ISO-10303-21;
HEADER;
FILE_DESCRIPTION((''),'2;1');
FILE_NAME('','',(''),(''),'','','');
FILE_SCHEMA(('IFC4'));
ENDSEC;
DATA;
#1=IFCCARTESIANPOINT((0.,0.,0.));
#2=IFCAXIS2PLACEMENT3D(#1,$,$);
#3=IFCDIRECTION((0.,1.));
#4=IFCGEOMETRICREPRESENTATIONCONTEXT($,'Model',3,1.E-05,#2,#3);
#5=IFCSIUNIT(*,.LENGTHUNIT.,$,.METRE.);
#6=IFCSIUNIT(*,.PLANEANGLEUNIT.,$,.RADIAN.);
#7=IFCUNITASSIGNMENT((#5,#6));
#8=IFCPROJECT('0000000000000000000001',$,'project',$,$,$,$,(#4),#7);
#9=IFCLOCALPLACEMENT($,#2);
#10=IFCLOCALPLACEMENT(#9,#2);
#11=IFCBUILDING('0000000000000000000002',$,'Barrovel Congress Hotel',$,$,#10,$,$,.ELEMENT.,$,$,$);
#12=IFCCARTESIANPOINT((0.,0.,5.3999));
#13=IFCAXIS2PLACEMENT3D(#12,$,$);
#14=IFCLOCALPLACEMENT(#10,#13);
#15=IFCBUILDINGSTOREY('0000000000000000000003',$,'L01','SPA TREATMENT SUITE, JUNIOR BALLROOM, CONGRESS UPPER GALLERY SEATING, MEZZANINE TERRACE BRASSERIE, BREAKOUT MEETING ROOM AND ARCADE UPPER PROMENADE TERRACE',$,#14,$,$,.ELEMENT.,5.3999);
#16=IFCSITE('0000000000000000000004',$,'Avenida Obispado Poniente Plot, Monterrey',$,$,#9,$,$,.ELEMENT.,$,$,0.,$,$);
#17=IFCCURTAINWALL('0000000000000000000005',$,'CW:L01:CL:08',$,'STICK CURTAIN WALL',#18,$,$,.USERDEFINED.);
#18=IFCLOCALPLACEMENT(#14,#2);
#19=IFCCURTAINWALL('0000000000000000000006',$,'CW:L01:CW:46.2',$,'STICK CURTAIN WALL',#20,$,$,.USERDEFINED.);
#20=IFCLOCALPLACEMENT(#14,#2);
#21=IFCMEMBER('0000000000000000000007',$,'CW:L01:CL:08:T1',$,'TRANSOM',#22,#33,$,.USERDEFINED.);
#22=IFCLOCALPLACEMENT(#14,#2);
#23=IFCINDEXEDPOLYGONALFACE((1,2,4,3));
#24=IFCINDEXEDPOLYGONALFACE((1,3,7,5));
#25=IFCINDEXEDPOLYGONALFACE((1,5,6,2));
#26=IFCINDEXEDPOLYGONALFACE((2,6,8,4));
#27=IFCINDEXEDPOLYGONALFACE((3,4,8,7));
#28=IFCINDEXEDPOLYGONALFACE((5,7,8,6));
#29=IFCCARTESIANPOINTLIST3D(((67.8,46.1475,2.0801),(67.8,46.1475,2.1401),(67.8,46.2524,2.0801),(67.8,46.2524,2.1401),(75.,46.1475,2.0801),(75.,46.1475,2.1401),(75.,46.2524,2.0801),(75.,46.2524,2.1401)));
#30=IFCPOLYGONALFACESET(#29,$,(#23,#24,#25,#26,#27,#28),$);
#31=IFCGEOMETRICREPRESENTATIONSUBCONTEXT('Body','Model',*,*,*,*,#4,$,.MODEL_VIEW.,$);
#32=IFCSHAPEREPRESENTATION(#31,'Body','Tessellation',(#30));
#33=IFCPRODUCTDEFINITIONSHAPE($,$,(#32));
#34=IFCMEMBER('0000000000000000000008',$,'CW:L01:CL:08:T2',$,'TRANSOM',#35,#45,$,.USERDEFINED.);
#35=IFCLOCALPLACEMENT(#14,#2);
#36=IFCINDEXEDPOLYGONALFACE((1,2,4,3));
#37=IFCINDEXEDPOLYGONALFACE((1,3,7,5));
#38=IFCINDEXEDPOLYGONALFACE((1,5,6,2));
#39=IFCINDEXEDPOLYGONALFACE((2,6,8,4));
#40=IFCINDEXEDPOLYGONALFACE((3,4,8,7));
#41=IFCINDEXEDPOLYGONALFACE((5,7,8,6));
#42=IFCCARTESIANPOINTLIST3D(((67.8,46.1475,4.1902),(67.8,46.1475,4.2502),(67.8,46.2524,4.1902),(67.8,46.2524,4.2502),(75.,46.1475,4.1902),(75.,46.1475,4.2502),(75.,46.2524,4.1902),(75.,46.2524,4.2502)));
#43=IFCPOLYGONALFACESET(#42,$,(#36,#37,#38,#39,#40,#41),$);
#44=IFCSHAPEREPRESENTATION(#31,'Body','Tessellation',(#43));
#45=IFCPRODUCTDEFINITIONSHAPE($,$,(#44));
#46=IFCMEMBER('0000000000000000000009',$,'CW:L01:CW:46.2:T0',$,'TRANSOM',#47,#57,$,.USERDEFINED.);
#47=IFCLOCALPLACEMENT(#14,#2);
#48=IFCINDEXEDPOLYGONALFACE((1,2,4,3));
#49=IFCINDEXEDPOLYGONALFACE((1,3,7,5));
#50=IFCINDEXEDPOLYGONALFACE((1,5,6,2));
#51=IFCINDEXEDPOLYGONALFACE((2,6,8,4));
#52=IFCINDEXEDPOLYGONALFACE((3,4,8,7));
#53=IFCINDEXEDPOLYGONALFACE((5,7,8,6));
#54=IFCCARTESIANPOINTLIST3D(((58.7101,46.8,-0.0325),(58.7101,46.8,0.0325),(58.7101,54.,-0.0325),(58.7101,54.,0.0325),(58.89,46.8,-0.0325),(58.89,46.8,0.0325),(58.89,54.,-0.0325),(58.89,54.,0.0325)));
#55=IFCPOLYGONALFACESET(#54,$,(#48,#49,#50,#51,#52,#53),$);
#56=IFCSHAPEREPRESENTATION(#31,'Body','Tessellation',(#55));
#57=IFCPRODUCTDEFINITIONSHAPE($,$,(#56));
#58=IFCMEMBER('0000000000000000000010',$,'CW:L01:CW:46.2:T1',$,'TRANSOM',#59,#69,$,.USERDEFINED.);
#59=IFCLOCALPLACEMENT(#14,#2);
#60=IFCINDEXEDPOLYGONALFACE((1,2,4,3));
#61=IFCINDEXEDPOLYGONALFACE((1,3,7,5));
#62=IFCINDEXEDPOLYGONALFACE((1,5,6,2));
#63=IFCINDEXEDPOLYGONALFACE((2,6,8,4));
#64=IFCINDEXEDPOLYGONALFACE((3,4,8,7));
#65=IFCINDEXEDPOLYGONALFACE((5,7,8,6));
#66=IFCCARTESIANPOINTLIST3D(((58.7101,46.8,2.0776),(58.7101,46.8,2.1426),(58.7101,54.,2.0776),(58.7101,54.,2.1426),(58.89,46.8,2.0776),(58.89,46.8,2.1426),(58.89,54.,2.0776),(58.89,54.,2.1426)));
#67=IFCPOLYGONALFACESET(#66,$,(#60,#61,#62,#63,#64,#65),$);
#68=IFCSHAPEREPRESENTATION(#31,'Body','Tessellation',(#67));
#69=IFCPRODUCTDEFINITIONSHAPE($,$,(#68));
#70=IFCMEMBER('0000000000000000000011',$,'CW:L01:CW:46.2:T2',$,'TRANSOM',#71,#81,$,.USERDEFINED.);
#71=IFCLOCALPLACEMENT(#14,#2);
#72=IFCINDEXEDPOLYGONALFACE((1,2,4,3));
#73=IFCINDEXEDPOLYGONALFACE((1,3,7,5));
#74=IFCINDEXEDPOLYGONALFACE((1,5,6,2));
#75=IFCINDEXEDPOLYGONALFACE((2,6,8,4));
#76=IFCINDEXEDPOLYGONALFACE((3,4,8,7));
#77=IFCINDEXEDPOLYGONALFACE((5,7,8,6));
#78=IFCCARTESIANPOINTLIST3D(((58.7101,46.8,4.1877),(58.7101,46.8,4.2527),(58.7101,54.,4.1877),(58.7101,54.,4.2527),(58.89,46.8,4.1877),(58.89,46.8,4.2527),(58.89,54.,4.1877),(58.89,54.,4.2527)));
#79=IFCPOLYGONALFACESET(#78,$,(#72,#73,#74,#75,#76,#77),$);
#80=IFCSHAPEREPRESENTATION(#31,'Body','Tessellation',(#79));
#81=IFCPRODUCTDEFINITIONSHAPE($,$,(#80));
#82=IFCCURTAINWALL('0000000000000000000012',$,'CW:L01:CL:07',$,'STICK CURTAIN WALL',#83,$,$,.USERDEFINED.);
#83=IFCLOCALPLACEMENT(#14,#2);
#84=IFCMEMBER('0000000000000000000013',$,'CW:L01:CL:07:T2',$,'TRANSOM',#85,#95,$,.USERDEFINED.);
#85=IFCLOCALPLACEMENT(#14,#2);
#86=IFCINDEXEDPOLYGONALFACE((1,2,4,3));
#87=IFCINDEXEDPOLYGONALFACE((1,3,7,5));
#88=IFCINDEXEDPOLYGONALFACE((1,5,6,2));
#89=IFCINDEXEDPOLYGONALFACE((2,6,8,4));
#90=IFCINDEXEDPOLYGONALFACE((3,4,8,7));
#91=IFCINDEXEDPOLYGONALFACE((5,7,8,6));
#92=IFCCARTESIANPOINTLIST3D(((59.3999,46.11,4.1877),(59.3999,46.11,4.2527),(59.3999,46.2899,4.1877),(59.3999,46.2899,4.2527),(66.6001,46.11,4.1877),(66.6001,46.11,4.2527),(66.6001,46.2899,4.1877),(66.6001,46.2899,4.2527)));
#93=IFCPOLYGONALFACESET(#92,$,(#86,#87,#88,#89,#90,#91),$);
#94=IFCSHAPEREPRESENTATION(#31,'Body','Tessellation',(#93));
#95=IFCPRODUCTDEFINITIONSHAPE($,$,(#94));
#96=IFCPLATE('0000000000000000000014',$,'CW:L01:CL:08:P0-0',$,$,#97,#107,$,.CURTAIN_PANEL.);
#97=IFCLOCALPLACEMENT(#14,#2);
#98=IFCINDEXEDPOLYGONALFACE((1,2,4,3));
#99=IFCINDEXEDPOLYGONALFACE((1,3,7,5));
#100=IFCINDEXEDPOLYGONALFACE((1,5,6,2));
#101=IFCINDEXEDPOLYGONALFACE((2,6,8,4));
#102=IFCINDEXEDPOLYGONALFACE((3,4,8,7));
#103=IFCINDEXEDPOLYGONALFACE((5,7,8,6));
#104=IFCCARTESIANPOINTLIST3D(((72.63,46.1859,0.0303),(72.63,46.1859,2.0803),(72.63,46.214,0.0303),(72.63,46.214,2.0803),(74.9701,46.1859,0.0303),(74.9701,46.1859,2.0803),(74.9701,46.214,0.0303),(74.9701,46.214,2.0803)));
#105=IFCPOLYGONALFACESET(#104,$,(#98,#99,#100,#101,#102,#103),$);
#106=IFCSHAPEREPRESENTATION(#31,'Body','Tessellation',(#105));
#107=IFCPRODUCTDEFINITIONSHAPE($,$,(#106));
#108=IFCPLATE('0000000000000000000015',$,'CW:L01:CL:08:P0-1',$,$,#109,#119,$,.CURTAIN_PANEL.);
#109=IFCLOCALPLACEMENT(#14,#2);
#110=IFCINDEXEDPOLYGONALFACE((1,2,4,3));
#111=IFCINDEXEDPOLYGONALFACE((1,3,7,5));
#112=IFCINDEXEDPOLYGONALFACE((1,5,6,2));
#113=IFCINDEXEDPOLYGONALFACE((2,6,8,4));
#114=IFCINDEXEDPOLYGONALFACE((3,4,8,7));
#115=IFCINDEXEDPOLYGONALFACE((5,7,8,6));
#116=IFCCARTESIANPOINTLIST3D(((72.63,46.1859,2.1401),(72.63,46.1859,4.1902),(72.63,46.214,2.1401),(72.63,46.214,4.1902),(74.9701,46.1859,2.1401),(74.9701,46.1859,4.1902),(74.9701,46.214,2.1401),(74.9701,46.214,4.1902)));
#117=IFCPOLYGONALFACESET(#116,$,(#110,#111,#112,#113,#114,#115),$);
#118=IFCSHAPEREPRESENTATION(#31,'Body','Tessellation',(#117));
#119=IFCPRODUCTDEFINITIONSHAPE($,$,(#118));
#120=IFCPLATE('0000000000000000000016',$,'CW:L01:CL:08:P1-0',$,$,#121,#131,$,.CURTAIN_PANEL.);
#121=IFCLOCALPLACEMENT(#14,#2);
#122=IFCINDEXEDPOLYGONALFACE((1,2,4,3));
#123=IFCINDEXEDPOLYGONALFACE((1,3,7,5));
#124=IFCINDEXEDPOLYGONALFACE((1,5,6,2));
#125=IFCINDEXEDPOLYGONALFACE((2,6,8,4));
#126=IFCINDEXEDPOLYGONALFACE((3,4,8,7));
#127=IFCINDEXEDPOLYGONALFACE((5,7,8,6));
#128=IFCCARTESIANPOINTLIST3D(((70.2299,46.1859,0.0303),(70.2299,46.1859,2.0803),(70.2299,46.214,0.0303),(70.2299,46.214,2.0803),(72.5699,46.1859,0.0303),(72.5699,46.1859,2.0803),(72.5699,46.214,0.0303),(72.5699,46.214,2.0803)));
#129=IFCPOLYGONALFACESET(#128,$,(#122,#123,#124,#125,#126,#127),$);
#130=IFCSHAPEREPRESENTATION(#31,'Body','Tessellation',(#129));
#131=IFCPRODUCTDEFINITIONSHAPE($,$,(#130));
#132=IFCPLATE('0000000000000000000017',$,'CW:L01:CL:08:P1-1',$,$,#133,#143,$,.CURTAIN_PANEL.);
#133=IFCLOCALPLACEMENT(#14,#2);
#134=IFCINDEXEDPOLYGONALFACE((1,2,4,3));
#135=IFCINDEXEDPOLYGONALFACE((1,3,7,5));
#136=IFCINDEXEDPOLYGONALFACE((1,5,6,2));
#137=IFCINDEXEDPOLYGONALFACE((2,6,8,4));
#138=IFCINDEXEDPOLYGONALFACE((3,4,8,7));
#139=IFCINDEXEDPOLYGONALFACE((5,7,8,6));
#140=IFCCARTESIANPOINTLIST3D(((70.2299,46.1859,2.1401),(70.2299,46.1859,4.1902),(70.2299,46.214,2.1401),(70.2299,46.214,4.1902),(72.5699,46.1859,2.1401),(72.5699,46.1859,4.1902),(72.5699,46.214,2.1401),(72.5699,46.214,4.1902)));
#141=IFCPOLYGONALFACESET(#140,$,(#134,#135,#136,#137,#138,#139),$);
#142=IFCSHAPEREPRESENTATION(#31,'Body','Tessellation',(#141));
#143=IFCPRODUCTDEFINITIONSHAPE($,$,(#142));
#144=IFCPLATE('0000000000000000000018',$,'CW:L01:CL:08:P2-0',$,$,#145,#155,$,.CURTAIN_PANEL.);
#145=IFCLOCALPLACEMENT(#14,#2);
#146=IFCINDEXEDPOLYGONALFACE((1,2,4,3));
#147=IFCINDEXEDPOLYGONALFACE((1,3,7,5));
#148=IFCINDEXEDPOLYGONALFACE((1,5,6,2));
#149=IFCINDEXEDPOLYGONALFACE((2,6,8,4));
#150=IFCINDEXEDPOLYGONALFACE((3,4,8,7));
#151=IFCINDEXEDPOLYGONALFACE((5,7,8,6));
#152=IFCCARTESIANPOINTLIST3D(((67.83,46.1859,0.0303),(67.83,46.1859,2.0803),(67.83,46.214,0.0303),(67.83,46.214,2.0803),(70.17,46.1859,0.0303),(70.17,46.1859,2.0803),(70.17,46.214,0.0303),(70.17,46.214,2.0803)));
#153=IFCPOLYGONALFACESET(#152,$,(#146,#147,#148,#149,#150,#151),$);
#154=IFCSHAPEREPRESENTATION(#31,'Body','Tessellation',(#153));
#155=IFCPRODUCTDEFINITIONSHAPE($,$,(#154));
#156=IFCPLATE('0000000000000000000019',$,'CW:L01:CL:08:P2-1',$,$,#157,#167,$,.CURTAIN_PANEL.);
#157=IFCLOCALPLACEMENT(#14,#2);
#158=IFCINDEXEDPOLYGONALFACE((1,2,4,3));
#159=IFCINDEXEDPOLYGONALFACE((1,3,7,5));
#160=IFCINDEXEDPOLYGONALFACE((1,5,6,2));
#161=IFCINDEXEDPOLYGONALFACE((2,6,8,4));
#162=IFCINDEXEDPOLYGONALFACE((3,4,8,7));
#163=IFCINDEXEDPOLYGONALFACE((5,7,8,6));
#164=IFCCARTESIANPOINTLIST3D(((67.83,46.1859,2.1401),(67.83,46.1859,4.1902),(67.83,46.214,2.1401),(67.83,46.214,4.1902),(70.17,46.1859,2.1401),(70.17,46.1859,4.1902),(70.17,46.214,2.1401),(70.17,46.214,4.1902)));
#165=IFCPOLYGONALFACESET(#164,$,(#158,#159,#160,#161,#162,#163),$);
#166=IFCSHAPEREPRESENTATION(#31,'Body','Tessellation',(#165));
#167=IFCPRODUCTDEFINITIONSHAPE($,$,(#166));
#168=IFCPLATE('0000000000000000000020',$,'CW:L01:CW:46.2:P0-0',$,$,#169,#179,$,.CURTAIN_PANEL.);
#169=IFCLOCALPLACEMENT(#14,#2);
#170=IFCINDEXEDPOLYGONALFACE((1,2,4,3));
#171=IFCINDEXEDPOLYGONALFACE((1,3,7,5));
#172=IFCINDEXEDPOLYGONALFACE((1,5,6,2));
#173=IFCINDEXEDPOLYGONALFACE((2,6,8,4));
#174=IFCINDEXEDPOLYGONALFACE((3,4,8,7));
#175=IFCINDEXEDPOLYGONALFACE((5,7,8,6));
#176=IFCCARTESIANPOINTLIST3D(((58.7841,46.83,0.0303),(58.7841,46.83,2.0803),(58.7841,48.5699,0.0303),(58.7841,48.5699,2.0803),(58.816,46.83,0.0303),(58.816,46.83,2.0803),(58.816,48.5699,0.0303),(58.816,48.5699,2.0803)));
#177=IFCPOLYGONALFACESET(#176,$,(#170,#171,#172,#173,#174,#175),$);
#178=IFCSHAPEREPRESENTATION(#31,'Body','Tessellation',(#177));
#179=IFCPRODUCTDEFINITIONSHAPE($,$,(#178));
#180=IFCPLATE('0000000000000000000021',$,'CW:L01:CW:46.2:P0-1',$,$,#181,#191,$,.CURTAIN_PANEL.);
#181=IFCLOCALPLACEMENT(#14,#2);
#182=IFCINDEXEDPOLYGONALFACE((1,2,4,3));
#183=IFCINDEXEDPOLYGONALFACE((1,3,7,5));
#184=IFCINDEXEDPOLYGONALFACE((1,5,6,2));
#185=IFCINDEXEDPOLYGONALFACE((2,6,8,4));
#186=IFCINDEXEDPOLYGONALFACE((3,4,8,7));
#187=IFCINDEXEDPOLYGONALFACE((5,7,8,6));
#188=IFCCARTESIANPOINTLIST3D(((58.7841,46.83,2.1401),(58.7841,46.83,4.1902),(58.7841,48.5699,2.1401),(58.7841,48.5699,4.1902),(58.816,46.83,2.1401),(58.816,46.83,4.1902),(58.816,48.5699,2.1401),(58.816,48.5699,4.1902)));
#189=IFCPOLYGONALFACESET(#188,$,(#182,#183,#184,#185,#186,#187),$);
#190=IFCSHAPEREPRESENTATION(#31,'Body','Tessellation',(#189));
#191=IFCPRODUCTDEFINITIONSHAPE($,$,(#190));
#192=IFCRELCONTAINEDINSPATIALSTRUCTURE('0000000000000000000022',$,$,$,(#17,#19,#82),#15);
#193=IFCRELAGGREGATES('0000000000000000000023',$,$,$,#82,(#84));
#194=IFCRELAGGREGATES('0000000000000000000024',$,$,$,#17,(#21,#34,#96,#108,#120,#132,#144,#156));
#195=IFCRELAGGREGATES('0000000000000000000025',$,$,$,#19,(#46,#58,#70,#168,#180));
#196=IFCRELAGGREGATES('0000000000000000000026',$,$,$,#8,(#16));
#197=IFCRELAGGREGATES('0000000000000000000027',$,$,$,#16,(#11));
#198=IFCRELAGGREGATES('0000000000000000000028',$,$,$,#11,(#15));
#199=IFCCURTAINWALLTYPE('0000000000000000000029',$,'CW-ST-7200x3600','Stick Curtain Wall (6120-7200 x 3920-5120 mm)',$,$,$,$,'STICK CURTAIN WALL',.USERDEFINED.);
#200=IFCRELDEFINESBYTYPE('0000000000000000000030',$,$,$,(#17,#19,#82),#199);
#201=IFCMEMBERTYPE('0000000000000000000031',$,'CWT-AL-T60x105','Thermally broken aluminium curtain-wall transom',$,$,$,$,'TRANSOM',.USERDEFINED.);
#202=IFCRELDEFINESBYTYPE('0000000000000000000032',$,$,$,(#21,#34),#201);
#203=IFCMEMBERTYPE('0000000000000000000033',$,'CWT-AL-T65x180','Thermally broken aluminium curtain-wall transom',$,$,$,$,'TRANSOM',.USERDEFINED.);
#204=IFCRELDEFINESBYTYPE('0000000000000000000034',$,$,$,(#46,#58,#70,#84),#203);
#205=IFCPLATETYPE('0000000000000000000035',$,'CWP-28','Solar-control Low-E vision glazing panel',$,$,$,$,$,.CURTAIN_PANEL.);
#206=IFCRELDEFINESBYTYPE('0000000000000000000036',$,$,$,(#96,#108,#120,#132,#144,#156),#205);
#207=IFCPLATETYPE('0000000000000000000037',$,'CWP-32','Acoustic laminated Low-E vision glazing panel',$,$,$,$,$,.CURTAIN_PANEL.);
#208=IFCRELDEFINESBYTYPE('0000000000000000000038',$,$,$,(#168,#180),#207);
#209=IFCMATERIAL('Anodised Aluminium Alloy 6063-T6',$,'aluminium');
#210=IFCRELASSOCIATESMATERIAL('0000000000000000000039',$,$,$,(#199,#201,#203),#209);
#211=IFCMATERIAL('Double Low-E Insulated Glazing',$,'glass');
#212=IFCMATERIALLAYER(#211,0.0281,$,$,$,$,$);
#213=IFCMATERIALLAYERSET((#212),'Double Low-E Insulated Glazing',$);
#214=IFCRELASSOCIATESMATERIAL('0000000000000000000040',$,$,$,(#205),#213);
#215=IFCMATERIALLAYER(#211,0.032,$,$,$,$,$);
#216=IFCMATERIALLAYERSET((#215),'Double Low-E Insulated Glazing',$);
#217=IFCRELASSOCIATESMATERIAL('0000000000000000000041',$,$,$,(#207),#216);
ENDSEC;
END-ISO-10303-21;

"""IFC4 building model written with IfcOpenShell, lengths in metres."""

from ifc_helpers import new_model, si_unit, direction, frame, origin, origin_2d, place, context, subcontext, project, spatial, rectangle, extrude, material, layer, layer_set, material_profile, profile_set, type_object, element, aggregate, save


model = new_model("IFC4")

# Units and contexts
model_context = context("Model", 3, precision=1e-05, world=origin(), true_north=direction((0.0, 1.0)))
body_context = subcontext(model_context, "Body", "Model", "MODEL_VIEW")
ifc_project = project(units=[si_unit("LENGTHUNIT", "METRE"), si_unit("PLANEANGLEUNIT", "RADIAN")], contexts=[model_context])

# Site, building, storey
site_placement = place(None, origin())
site = spatial("IfcSite", under=ifc_project, at=site_placement, Name="Avenida Obispado Poniente Plot, Monterrey", CompositionType="ELEMENT", RefElevation=0.0)
building_placement = place(site_placement, origin())
building = spatial("IfcBuilding", under=site, at=building_placement, Name="Barrovel Congress Hotel", CompositionType="ELEMENT")
storey_placement = place(building_placement, frame((0.0, 0.0, 5.3999)))
storey = spatial("IfcBuildingStorey", under=building, at=storey_placement, Name="L01", Description="SPA TREATMENT SUITE, JUNIOR BALLROOM, CONGRESS UPPER GALLERY SEATING, MEZZANINE TERRACE BRASSERIE, BREAKOUT MEETING ROOM AND ARCADE UPPER PROMENADE TERRACE", CompositionType="ELEMENT", Elevation=5.3999)

# Curtain walls
ifc_material_1 = material(Name="Anodised Aluminium Alloy 6063-T6", Category="aluminium")
curtain_wall_type = type_object("IfcCurtainWallType", Name="CW-ST-7200x3600", Description="Stick Curtain Wall (6120-7200 x 3920-5120 mm)", ElementType="STICK CURTAIN WALL", PredefinedType="USERDEFINED", material=ifc_material_1)
curtain_wall_1_placement = place(storey_placement, origin())
curtain_wall_1 = element("IfcCurtainWall", 1, at=curtain_wall_1_placement, inside=storey, type_object=curtain_wall_type, Name="CW:L01:CL:08", ObjectType="STICK CURTAIN WALL", PredefinedType="USERDEFINED")
curtain_wall_2_placement = place(storey_placement, origin())
curtain_wall_2 = element("IfcCurtainWall", 2, at=curtain_wall_2_placement, inside=storey, type_object=curtain_wall_type, Name="CW:L01:CW:46.2", ObjectType="STICK CURTAIN WALL", PredefinedType="USERDEFINED")

# Members
ifc_material_profile_1 = material_profile(ifc_material_1, rectangle(XDim=0.105, YDim=0.0601, at=origin_2d()), Name="AL-T60x105")
ifc_profile_set_1 = profile_set([ifc_material_profile_1], Name="Anodised Aluminium Alloy 6063-T6")
member_type_1 = type_object("IfcMemberType", Name="CWT-AL-T60x105", Description="Thermally broken aluminium curtain-wall transom", ElementType="TRANSOM", PredefinedType="USERDEFINED", material=ifc_profile_set_1)
member_1_placement = place(storey_placement, frame((75.0, 46.2, 2.1101), z_axis=(-1.0, 0.0, 0.0), x_axis=(0.0, -1.0, 0.0)))
member_1 = element("IfcMember", 3, at=member_1_placement, type_object=member_type_1, Name="CW:L01:CL:08:T1", ObjectType="TRANSOM", PredefinedType="USERDEFINED", context=body_context, shape_type="SweptSolid", body=[
    extrude(rectangle(XDim=0.105, YDim=0.0601, at=origin_2d()), origin(), (0.0, 0.0, 1.0), 7.2),
])
member_2_placement = place(storey_placement, frame((75.0, 46.2, 4.2202), z_axis=(-1.0, 0.0, 0.0), x_axis=(0.0, -1.0, 0.0)))
member_2 = element("IfcMember", 4, at=member_2_placement, type_object=member_type_1, Name="CW:L01:CL:08:T2", ObjectType="TRANSOM", PredefinedType="USERDEFINED", context=body_context, shape_type="SweptSolid", body=[
    extrude(rectangle(XDim=0.105, YDim=0.0601, at=origin_2d()), origin(), (0.0, 0.0, 1.0), 7.2),
])
ifc_material_profile_2 = material_profile(ifc_material_1, rectangle(XDim=0.1799, YDim=0.0649, at=origin_2d()), Name="AL-T65x180")
ifc_profile_set_2 = profile_set([ifc_material_profile_2], Name="Anodised Aluminium Alloy 6063-T6")
member_type_2 = type_object("IfcMemberType", Name="CWT-AL-T65x180", Description="Thermally broken aluminium curtain-wall transom", ElementType="TRANSOM", PredefinedType="USERDEFINED", material=ifc_profile_set_2)
member_3_placement = place(storey_placement, frame((58.8, 46.8, 0.0), z_axis=(0.0, 1.0, 0.0), x_axis=(-1.0, 0.0, 0.0)))
member_3 = element("IfcMember", 5, at=member_3_placement, type_object=member_type_2, Name="CW:L01:CW:46.2:T0", ObjectType="TRANSOM", PredefinedType="USERDEFINED", context=body_context, shape_type="SweptSolid", body=[
    extrude(rectangle(XDim=0.1799, YDim=0.0649, at=origin_2d()), origin(), (0.0, 0.0, 1.0), 7.2),
])
member_4_placement = place(storey_placement, frame((58.8, 46.8, 2.1101), z_axis=(0.0, 1.0, 0.0), x_axis=(-1.0, 0.0, 0.0)))
member_4 = element("IfcMember", 6, at=member_4_placement, type_object=member_type_2, Name="CW:L01:CW:46.2:T1", ObjectType="TRANSOM", PredefinedType="USERDEFINED", context=body_context, shape_type="SweptSolid", body=[
    extrude(rectangle(XDim=0.1799, YDim=0.0649, at=origin_2d()), origin(), (0.0, 0.0, 1.0), 7.2),
])
member_5_placement = place(storey_placement, frame((58.8, 46.8, 4.2202), z_axis=(0.0, 1.0, 0.0), x_axis=(-1.0, 0.0, 0.0)))
member_5 = element("IfcMember", 7, at=member_5_placement, type_object=member_type_2, Name="CW:L01:CW:46.2:T2", ObjectType="TRANSOM", PredefinedType="USERDEFINED", context=body_context, shape_type="SweptSolid", body=[
    extrude(rectangle(XDim=0.1799, YDim=0.0649, at=origin_2d()), origin(), (0.0, 0.0, 1.0), 7.2),
])

# Curtain wall, member
curtain_wall_3_placement = place(storey_placement, origin())
curtain_wall_3 = element("IfcCurtainWall", 8, at=curtain_wall_3_placement, inside=storey, type_object=curtain_wall_type, Name="CW:L01:CL:07", ObjectType="STICK CURTAIN WALL", PredefinedType="USERDEFINED")
member_6_placement = place(storey_placement, frame((66.6001, 46.2, 4.2202), z_axis=(-1.0, 0.0, 0.0), x_axis=(0.0, -1.0, 0.0)))
member_6 = element("IfcMember", 9, at=member_6_placement, type_object=member_type_2, Name="CW:L01:CL:07:T2", ObjectType="TRANSOM", PredefinedType="USERDEFINED", context=body_context, shape_type="SweptSolid", body=[
    extrude(rectangle(XDim=0.1799, YDim=0.0649, at=origin_2d()), origin(), (0.0, 0.0, 1.0), 7.2002),
])
aggregate(curtain_wall_3, [member_6])

# Plates
ifc_material_2 = material(Name="Double Low-E Insulated Glazing", Category="glass")
ifc_layer_1 = layer(ifc_material_2, 0.0281)
ifc_layer_set_1 = layer_set([ifc_layer_1], Name="Double Low-E Insulated Glazing")
plate_type_1 = type_object("IfcPlateType", Name="CWP-28", Description="Solar-control Low-E vision glazing panel", PredefinedType="CURTAIN_PANEL", material=ifc_layer_set_1)
plate_1_placement = place(storey_placement, frame((73.8, 46.2, 0.0303), z_axis=(0.0, 0.0, 1.0), x_axis=(-1.0, 0.0, 0.0)))
plate_1 = element("IfcPlate", 10, at=plate_1_placement, type_object=plate_type_1, Name="CW:L01:CL:08:P0-0", PredefinedType="CURTAIN_PANEL", context=body_context, shape_type="SweptSolid", body=[
    extrude(rectangle(XDim=2.3401, YDim=0.0281, at=origin_2d()), origin(), (0.0, 0.0, 1.0), 2.05),
])
plate_2_placement = place(storey_placement, frame((73.8, 46.2, 2.1401), z_axis=(0.0, 0.0, 1.0), x_axis=(-1.0, 0.0, 0.0)))
plate_2 = element("IfcPlate", 11, at=plate_2_placement, type_object=plate_type_1, Name="CW:L01:CL:08:P0-1", PredefinedType="CURTAIN_PANEL", context=body_context, shape_type="SweptSolid", body=[
    extrude(rectangle(XDim=2.3401, YDim=0.0281, at=origin_2d()), origin(), (0.0, 0.0, 1.0), 2.05),
])
plate_3_placement = place(storey_placement, frame((71.3999, 46.2, 0.0303), z_axis=(0.0, 0.0, 1.0), x_axis=(-1.0, 0.0, 0.0)))
plate_3 = element("IfcPlate", 12, at=plate_3_placement, type_object=plate_type_1, Name="CW:L01:CL:08:P1-0", PredefinedType="CURTAIN_PANEL", context=body_context, shape_type="SweptSolid", body=[
    extrude(rectangle(XDim=2.3401, YDim=0.0281, at=origin_2d()), origin(), (0.0, 0.0, 1.0), 2.05),
])
plate_4_placement = place(storey_placement, frame((71.3999, 46.2, 2.1401), z_axis=(0.0, 0.0, 1.0), x_axis=(-1.0, 0.0, 0.0)))
plate_4 = element("IfcPlate", 13, at=plate_4_placement, type_object=plate_type_1, Name="CW:L01:CL:08:P1-1", PredefinedType="CURTAIN_PANEL", context=body_context, shape_type="SweptSolid", body=[
    extrude(rectangle(XDim=2.3401, YDim=0.0281, at=origin_2d()), origin(), (0.0, 0.0, 1.0), 2.05),
])
plate_5_placement = place(storey_placement, frame((69.0, 46.2, 0.0303), z_axis=(0.0, 0.0, 1.0), x_axis=(-1.0, 0.0, 0.0)))
plate_5 = element("IfcPlate", 14, at=plate_5_placement, type_object=plate_type_1, Name="CW:L01:CL:08:P2-0", PredefinedType="CURTAIN_PANEL", context=body_context, shape_type="SweptSolid", body=[
    extrude(rectangle(XDim=2.3401, YDim=0.0281, at=origin_2d()), origin(), (0.0, 0.0, 1.0), 2.05),
])
plate_6_placement = place(storey_placement, frame((69.0, 46.2, 2.1401), z_axis=(0.0, 0.0, 1.0), x_axis=(-1.0, 0.0, 0.0)))
plate_6 = element("IfcPlate", 15, at=plate_6_placement, type_object=plate_type_1, Name="CW:L01:CL:08:P2-1", PredefinedType="CURTAIN_PANEL", context=body_context, shape_type="SweptSolid", body=[
    extrude(rectangle(XDim=2.3401, YDim=0.0281, at=origin_2d()), origin(), (0.0, 0.0, 1.0), 2.05),
])
aggregate(curtain_wall_1, [member_1, member_2, plate_1, plate_2, plate_3, plate_4, plate_5, plate_6])
ifc_layer_2 = layer(ifc_material_2, 0.032)
ifc_layer_set_2 = layer_set([ifc_layer_2], Name="Double Low-E Insulated Glazing")
plate_type_2 = type_object("IfcPlateType", Name="CWP-32", Description="Acoustic laminated Low-E vision glazing panel", PredefinedType="CURTAIN_PANEL", material=ifc_layer_set_2)
plate_7_placement = place(storey_placement, frame((58.8, 47.7, 0.0303), z_axis=(0.0, 0.0, 1.0), x_axis=(0.0, 1.0, 0.0)))
plate_7 = element("IfcPlate", 16, at=plate_7_placement, type_object=plate_type_2, Name="CW:L01:CW:46.2:P0-0", PredefinedType="CURTAIN_PANEL", context=body_context, shape_type="SweptSolid", body=[
    extrude(rectangle(XDim=1.74, YDim=0.032, at=origin_2d()), origin(), (0.0, 0.0, 1.0), 2.05),
])
plate_8_placement = place(storey_placement, frame((58.8, 47.7, 2.1401), z_axis=(0.0, 0.0, 1.0), x_axis=(0.0, 1.0, 0.0)))
plate_8 = element("IfcPlate", 17, at=plate_8_placement, type_object=plate_type_2, Name="CW:L01:CW:46.2:P0-1", PredefinedType="CURTAIN_PANEL", context=body_context, shape_type="SweptSolid", body=[
    extrude(rectangle(XDim=1.74, YDim=0.032, at=origin_2d()), origin(), (0.0, 0.0, 1.0), 2.05),
])
aggregate(curtain_wall_2, [member_3, member_4, member_5, plate_7, plate_8])

save(model, "model.ifc")
